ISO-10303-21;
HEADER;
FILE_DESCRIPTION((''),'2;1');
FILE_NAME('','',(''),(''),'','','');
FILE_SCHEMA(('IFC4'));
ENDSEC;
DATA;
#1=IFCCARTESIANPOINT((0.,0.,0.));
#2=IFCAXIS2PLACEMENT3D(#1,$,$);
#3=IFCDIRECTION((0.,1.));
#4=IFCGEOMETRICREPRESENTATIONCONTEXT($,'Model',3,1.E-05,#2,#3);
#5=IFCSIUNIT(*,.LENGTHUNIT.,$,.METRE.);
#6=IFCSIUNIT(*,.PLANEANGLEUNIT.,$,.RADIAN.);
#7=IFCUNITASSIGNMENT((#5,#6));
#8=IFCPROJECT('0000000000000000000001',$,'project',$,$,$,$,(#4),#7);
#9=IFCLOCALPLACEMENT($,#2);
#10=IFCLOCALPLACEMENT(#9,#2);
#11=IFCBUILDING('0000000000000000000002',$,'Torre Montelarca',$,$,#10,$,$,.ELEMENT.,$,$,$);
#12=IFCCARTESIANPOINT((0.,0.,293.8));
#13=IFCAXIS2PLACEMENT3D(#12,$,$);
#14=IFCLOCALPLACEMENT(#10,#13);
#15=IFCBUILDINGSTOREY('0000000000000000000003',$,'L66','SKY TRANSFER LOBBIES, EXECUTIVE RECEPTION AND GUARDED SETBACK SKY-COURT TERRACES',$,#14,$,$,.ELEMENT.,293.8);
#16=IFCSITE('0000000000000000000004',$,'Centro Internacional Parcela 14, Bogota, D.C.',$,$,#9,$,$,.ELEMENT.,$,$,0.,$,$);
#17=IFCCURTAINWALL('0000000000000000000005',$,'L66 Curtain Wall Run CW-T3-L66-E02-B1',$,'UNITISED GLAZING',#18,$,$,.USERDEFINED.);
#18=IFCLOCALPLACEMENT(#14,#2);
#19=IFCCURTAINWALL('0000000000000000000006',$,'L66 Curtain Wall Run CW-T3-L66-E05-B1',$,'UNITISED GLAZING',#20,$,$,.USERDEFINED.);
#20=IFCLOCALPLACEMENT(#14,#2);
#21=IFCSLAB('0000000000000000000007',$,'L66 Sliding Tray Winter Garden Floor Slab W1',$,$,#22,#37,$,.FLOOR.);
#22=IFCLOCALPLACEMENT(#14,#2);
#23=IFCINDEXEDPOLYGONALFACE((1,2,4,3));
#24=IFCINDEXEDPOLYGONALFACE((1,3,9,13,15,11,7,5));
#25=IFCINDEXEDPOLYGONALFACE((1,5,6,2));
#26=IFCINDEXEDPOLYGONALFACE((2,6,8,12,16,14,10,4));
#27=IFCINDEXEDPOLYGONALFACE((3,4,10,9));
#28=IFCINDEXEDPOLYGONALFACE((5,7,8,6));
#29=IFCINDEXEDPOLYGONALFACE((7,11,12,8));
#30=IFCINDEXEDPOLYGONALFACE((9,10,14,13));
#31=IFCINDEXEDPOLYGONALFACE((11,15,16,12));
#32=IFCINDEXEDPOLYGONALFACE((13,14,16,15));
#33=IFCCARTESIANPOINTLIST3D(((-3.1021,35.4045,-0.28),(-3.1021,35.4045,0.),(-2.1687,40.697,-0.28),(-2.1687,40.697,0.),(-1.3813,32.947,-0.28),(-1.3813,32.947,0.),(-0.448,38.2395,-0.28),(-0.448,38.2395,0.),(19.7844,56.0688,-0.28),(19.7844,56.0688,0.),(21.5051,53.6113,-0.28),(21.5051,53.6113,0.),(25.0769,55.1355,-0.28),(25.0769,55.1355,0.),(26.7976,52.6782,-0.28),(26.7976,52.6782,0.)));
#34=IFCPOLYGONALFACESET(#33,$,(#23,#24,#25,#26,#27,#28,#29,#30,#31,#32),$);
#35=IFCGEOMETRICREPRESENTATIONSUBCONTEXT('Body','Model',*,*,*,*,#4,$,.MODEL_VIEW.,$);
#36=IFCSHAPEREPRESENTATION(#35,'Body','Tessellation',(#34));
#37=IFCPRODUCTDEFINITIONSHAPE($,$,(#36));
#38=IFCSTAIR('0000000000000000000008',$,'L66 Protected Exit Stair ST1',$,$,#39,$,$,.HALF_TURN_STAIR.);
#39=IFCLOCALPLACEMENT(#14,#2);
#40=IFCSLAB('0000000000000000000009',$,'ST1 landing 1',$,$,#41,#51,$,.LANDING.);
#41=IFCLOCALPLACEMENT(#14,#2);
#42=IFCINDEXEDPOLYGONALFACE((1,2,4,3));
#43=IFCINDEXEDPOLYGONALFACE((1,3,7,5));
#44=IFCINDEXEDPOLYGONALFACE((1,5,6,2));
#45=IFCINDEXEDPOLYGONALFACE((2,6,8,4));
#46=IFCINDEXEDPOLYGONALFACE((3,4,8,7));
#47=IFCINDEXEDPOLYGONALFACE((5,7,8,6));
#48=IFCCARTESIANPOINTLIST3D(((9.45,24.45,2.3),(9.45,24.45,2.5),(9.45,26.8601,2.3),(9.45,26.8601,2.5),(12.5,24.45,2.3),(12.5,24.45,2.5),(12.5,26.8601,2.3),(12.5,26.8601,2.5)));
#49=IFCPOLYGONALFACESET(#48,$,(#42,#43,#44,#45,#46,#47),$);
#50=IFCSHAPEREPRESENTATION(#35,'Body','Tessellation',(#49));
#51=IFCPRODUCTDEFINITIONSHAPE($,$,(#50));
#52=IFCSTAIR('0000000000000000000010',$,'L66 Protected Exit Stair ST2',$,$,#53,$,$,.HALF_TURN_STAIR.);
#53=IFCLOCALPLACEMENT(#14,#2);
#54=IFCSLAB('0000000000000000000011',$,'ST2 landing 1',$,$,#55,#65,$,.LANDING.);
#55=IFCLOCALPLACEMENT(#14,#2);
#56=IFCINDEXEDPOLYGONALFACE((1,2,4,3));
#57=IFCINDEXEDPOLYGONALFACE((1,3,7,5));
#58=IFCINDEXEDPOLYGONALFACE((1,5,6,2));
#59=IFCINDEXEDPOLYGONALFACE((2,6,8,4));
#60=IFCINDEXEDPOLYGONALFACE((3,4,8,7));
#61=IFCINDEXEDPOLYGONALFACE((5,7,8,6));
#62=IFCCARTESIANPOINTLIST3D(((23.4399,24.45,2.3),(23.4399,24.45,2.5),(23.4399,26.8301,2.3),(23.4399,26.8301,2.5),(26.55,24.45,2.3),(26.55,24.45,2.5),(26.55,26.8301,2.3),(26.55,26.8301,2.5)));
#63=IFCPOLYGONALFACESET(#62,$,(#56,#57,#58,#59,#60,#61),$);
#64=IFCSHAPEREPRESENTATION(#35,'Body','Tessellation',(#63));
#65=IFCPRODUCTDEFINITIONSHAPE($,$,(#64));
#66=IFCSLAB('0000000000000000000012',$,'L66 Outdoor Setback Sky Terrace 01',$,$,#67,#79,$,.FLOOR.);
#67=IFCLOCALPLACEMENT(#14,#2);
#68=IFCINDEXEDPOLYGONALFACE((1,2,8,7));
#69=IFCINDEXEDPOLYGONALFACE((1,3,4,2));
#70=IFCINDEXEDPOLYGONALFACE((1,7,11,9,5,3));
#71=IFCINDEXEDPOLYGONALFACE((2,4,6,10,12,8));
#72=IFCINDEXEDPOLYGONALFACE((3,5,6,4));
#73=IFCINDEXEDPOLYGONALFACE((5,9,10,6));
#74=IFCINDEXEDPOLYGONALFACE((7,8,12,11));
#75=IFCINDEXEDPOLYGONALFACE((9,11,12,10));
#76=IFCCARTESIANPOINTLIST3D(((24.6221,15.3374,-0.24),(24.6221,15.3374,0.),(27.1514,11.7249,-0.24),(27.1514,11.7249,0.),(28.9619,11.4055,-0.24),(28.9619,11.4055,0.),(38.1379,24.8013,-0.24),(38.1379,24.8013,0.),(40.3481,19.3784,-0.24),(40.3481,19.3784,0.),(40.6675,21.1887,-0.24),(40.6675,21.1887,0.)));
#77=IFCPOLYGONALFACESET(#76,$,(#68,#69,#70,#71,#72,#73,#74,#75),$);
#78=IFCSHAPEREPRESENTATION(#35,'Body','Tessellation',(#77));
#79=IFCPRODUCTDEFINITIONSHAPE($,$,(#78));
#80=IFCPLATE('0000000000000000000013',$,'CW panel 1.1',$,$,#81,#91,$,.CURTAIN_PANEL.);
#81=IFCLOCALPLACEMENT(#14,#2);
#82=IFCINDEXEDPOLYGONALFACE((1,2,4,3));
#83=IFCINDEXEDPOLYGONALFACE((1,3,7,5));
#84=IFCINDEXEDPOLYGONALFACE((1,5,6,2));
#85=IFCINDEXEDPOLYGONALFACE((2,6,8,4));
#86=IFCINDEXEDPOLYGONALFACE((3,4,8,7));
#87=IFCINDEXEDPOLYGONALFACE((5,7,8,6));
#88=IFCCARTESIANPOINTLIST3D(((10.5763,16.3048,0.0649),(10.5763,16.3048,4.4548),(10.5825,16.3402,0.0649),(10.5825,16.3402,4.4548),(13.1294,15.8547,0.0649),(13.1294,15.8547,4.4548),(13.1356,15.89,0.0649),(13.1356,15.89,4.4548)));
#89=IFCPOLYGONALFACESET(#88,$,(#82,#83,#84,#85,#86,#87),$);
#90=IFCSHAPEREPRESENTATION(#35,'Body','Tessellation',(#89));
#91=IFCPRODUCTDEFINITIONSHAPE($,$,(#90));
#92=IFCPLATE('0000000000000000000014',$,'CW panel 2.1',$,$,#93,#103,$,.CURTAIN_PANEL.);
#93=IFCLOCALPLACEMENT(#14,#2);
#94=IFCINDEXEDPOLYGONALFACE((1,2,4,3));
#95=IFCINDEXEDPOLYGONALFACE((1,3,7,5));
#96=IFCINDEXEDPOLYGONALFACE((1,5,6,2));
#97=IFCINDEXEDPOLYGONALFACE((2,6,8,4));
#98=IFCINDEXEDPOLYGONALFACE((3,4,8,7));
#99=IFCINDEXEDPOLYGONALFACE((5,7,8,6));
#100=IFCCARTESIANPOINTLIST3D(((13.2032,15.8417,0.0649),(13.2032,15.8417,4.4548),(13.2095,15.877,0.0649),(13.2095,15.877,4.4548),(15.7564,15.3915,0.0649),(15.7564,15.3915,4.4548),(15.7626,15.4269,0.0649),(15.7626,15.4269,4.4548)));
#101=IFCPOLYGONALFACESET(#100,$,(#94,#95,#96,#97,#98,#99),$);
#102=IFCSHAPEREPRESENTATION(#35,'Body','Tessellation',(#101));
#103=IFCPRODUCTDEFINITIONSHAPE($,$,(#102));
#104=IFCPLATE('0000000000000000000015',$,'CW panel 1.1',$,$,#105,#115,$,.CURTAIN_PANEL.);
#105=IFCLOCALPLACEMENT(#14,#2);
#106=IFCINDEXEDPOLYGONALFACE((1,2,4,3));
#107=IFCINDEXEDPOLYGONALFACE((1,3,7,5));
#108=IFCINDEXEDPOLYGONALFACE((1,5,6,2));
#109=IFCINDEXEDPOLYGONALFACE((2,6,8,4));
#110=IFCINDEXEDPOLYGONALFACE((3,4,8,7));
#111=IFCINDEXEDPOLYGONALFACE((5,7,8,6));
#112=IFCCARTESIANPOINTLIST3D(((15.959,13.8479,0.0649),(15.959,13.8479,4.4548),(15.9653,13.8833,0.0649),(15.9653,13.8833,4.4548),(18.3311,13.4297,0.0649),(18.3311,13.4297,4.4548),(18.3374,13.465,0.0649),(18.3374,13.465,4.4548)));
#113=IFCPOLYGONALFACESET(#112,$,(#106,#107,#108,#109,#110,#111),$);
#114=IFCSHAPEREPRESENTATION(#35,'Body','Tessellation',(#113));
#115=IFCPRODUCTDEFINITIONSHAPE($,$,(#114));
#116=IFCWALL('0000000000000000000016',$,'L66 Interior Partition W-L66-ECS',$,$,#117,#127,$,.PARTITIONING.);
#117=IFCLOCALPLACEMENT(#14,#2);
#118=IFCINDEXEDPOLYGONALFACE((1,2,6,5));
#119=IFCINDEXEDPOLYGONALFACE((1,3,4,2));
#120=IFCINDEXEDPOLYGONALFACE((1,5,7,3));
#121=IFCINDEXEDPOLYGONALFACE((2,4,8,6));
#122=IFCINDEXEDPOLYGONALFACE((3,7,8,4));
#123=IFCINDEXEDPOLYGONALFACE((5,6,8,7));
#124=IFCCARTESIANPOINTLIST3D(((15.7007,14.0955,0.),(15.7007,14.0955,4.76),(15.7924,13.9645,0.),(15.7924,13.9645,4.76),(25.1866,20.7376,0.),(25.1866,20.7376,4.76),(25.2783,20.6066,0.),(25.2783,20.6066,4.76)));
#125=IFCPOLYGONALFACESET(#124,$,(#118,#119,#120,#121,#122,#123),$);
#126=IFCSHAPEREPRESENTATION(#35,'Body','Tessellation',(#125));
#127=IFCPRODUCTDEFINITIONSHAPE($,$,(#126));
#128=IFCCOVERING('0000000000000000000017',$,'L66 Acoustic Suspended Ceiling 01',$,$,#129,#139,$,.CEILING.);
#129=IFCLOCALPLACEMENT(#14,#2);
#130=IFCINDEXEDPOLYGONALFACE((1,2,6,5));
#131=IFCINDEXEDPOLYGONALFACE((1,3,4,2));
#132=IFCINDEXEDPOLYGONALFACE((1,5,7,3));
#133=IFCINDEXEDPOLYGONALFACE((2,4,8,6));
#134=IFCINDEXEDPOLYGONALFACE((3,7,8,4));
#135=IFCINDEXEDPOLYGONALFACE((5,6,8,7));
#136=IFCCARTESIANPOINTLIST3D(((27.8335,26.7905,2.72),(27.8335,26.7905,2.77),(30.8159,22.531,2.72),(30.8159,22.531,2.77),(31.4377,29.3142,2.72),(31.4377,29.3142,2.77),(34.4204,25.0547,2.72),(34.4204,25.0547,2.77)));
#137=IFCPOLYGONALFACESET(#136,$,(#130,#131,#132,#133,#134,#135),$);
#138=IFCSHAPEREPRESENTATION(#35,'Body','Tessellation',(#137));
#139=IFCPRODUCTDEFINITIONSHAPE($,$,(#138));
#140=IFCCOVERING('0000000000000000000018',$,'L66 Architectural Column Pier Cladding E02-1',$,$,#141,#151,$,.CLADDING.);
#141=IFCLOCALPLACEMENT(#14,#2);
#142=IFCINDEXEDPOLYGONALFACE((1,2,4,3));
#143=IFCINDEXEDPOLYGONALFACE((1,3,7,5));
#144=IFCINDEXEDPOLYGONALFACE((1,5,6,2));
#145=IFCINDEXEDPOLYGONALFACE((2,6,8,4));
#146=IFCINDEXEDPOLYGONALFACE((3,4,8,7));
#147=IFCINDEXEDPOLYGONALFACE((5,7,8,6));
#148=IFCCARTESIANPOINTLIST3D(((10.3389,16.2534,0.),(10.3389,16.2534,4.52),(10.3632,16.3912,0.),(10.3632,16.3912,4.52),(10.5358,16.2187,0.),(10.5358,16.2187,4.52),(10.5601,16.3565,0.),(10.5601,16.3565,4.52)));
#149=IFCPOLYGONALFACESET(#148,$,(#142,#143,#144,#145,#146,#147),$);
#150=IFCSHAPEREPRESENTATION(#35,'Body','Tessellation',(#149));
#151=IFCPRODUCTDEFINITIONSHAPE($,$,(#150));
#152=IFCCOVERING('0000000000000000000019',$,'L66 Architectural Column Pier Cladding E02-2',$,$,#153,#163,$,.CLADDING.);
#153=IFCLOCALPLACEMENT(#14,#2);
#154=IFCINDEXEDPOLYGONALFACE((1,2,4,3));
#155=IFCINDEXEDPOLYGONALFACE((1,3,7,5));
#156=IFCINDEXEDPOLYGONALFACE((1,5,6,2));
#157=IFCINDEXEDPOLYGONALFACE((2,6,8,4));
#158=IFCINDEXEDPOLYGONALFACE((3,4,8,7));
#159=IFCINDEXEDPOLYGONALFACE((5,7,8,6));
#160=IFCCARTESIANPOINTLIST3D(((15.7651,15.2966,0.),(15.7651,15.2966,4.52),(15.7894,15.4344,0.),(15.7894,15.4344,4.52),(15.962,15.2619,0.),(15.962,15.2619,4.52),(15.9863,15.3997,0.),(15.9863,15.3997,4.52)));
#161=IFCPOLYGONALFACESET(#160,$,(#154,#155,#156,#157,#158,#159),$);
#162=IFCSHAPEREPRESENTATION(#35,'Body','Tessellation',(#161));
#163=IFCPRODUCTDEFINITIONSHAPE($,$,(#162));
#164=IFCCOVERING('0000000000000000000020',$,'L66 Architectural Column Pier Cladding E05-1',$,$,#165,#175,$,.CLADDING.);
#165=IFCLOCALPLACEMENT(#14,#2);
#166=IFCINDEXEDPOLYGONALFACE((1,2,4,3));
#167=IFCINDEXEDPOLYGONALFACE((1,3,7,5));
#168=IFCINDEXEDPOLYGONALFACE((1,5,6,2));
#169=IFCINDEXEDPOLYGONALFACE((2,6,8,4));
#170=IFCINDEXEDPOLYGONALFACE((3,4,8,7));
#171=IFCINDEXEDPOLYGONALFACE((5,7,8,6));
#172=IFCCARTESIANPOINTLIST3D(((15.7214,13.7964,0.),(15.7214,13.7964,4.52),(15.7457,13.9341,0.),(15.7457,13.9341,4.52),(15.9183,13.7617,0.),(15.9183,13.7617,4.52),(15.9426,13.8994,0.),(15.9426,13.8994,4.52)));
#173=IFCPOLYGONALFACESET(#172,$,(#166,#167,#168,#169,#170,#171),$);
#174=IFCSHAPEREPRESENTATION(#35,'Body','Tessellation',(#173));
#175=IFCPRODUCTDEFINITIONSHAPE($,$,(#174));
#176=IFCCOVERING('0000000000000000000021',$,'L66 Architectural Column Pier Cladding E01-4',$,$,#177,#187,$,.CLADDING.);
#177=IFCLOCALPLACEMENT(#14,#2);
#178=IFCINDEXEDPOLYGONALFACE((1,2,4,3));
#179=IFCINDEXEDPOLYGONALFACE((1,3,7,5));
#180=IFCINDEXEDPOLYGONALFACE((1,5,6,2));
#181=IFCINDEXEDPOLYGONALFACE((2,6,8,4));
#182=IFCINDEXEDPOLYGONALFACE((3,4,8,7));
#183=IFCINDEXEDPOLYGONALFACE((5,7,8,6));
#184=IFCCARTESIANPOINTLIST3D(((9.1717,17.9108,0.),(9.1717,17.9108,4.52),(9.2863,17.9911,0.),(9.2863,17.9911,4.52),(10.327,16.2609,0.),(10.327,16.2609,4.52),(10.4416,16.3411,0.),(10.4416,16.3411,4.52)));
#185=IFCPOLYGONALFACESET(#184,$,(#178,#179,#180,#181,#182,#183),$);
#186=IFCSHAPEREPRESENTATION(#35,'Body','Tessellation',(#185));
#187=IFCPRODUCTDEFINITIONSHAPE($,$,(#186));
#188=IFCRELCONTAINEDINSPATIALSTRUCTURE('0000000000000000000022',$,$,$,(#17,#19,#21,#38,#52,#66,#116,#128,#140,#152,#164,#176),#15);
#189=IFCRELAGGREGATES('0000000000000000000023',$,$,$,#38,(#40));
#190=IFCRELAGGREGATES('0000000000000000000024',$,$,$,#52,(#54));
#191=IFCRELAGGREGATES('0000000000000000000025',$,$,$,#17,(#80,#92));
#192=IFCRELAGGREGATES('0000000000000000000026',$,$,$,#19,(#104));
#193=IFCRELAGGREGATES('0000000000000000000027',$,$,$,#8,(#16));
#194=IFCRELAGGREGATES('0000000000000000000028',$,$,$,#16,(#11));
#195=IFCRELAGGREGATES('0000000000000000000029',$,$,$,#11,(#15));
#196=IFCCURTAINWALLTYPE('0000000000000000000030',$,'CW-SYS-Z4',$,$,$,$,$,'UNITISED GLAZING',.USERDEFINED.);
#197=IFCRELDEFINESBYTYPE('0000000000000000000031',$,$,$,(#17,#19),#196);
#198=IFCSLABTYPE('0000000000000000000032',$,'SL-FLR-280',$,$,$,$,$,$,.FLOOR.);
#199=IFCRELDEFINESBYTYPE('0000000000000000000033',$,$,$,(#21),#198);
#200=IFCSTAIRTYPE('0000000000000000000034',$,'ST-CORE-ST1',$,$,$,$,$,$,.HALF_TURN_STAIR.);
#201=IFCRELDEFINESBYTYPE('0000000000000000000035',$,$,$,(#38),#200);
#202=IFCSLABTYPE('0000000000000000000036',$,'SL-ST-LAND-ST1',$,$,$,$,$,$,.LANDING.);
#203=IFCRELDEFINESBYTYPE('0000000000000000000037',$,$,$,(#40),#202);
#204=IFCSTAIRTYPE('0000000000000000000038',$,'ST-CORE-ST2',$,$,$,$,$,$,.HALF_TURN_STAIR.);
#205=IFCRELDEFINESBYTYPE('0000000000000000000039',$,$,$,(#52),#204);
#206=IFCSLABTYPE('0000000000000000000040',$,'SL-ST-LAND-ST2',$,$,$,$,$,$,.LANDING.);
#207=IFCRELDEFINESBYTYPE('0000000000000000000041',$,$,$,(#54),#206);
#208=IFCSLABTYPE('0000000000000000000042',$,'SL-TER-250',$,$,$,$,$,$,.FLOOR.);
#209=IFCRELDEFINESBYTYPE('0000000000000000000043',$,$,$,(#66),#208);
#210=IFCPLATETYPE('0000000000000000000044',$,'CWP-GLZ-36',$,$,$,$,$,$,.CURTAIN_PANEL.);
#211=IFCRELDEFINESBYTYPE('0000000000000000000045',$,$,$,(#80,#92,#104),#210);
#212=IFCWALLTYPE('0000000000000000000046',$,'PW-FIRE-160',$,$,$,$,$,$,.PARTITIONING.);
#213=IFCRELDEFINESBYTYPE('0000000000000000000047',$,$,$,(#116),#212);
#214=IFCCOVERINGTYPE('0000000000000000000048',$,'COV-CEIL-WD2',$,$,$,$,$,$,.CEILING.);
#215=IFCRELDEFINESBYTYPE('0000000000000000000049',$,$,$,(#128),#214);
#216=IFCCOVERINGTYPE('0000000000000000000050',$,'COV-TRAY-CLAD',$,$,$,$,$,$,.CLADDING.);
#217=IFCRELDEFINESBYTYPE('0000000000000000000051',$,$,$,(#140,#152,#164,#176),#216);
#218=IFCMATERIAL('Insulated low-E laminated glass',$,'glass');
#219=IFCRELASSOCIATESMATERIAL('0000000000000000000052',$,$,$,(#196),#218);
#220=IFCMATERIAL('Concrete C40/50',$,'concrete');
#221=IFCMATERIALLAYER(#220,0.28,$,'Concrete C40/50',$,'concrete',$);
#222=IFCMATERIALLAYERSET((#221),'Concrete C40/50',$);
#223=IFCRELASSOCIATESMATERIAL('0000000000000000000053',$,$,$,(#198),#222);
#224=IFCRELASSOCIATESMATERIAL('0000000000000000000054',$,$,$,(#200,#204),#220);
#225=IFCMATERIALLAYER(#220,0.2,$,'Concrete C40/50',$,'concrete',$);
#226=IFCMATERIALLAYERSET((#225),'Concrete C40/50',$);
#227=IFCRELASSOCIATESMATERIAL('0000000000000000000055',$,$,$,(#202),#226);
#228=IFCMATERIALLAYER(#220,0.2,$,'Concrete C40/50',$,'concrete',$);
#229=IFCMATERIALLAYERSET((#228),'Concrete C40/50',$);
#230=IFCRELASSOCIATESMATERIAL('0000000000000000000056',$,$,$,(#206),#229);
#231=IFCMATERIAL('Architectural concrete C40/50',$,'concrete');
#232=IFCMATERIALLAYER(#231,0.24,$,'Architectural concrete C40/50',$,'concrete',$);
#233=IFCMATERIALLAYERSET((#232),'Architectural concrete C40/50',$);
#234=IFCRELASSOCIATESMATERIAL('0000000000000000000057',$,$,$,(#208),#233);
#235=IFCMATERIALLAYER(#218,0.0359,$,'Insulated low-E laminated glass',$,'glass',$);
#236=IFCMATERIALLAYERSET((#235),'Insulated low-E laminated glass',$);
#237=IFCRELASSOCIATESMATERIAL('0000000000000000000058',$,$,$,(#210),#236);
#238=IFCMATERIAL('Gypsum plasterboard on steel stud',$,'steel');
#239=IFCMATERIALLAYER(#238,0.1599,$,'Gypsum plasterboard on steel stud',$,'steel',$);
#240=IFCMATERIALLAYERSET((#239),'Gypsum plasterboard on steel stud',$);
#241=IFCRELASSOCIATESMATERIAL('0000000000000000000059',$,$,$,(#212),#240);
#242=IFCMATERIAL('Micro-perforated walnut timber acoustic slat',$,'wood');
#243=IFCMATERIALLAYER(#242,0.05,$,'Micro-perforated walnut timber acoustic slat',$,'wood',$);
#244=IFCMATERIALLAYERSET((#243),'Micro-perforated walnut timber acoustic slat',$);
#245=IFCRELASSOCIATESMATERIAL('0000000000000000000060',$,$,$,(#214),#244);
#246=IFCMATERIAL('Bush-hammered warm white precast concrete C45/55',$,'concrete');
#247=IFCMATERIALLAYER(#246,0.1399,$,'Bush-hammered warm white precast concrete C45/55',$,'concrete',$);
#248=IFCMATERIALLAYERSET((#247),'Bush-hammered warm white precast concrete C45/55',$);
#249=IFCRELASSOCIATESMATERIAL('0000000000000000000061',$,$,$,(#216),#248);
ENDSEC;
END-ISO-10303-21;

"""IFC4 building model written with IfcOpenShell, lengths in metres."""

from ifc_helpers import new_model, si_unit, direction, frame, frame_2d, origin, origin_2d, place, context, subcontext, project, spatial, polyline, rectangle, outline, extrude, source, transform, mapped, material, layer, layer_set, type_object, element, aggregate, save


model = new_model("IFC4")

# Units and contexts
model_context = context("Model", 3, precision=1e-05, world=origin(), true_north=direction((0.0, 1.0)))
body_context = subcontext(model_context, "Body", "Model", "MODEL_VIEW")
ifc_project = project(units=[si_unit("LENGTHUNIT", "METRE"), si_unit("PLANEANGLEUNIT", "RADIAN")], contexts=[model_context])

# Site, building, storey
site_placement = place(None, origin())
site = spatial("IfcSite", under=ifc_project, at=site_placement, Name="Centro Internacional Parcela 14, Bogota, D.C.", CompositionType="ELEMENT", RefElevation=0.0)
building_placement = place(site_placement, origin())
building = spatial("IfcBuilding", under=site, at=building_placement, Name="Torre Montelarca", CompositionType="ELEMENT")
storey_placement = place(building_placement, frame((0.0, 0.0, 293.8)))
storey = spatial("IfcBuildingStorey", under=building, at=storey_placement, Name="L66", Description="SKY TRANSFER LOBBIES, EXECUTIVE RECEPTION AND GUARDED SETBACK SKY-COURT TERRACES", CompositionType="ELEMENT", Elevation=293.8)

# Curtain walls
ifc_material_1 = material(Name="Insulated low-E laminated glass", Category="glass")
curtain_wall_type = type_object("IfcCurtainWallType", Name="CW-SYS-Z4", ElementType="UNITISED GLAZING", PredefinedType="USERDEFINED", material=ifc_material_1)
curtain_wall_1_placement = place(storey_placement, origin())
curtain_wall_1 = element("IfcCurtainWall", 1, at=curtain_wall_1_placement, inside=storey, type_object=curtain_wall_type, Name="L66 Curtain Wall Run CW-T3-L66-E02-B1", ObjectType="UNITISED GLAZING", PredefinedType="USERDEFINED")
curtain_wall_2_placement = place(storey_placement, origin())
curtain_wall_2 = element("IfcCurtainWall", 2, at=curtain_wall_2_placement, inside=storey, type_object=curtain_wall_type, Name="L66 Curtain Wall Run CW-T3-L66-E05-B1", ObjectType="UNITISED GLAZING", PredefinedType="USERDEFINED")

# Slab
ifc_material_2 = material(Name="Concrete C40/50", Category="concrete")
ifc_layer_1 = layer(ifc_material_2, 0.28, Name="Concrete C40/50", Category="concrete")
ifc_layer_set_1 = layer_set([ifc_layer_1], Name="Concrete C40/50")
slab_type_1 = type_object("IfcSlabType", Name="SL-FLR-280", PredefinedType="FLOOR", material=ifc_layer_set_1)
slab_1_placement = place(storey_placement, frame((0.0, 0.0, -0.28)))
element("IfcSlab", 3, at=slab_1_placement, inside=storey, type_object=slab_type_1, Name="L66 Sliding Tray Winter Garden Floor Slab W1", PredefinedType="FLOOR", context=body_context, shape_type="SweptSolid", body=[
    extrude(outline(polyline([(-1.3813, 32.947), (-0.448, 38.2395), (21.5051, 53.6113), (26.7976, 52.6782), (25.0769, 55.1355), (19.7844, 56.0688), (-2.1687, 40.697), (-3.1021, 35.4045), (-1.3813, 32.947)])), origin(), (0.0, 0.0, 1.0), 0.28),
])

# Stairs, slabs
stair_type_1 = type_object("IfcStairType", Name="ST-CORE-ST1", PredefinedType="HALF_TURN_STAIR", material=ifc_material_2)
stair_1_placement = place(storey_placement, origin())
stair_1 = element("IfcStair", 4, at=stair_1_placement, inside=storey, type_object=stair_type_1, Name="L66 Protected Exit Stair ST1", PredefinedType="HALF_TURN_STAIR")
ifc_layer_2 = layer(ifc_material_2, 0.2, Name="Concrete C40/50", Category="concrete")
ifc_layer_set_2 = layer_set([ifc_layer_2], Name="Concrete C40/50")
slab_type_2 = type_object("IfcSlabType", Name="SL-ST-LAND-ST1", PredefinedType="LANDING", material=ifc_layer_set_2)
slab_2_placement = place(storey_placement, frame((0.0, 0.0, 2.3)))
slab_2 = element("IfcSlab", 5, at=slab_2_placement, type_object=slab_type_2, Name="ST1 landing 1", PredefinedType="LANDING", context=body_context, shape_type="SweptSolid", body=[
    extrude(outline(polyline([(9.45, 26.8601), (9.45, 24.45), (12.5, 24.45), (12.5, 26.8601), (9.45, 26.8601)])), origin(), (0.0, 0.0, 1.0), 0.2),
])
aggregate(stair_1, [slab_2])
stair_type_2 = type_object("IfcStairType", Name="ST-CORE-ST2", PredefinedType="HALF_TURN_STAIR", material=ifc_material_2)
stair_2_placement = place(storey_placement, origin())
stair_2 = element("IfcStair", 6, at=stair_2_placement, inside=storey, type_object=stair_type_2, Name="L66 Protected Exit Stair ST2", PredefinedType="HALF_TURN_STAIR")
ifc_layer_3 = layer(ifc_material_2, 0.2, Name="Concrete C40/50", Category="concrete")
ifc_layer_set_3 = layer_set([ifc_layer_3], Name="Concrete C40/50")
slab_type_3 = type_object("IfcSlabType", Name="SL-ST-LAND-ST2", PredefinedType="LANDING", material=ifc_layer_set_3)
slab_3_placement = place(storey_placement, frame((0.0, 0.0, 2.3)))
slab_3 = element("IfcSlab", 7, at=slab_3_placement, type_object=slab_type_3, Name="ST2 landing 1", PredefinedType="LANDING", context=body_context, shape_type="SweptSolid", body=[
    extrude(outline(polyline([(23.4399, 26.8301), (23.4399, 24.45), (26.55, 24.45), (26.55, 26.8301), (23.4399, 26.8301)])), origin(), (0.0, 0.0, 1.0), 0.2),
])
aggregate(stair_2, [slab_3])

# Slab
ifc_material_3 = material(Name="Architectural concrete C40/50", Category="concrete")
ifc_layer_4 = layer(ifc_material_3, 0.24, Name="Architectural concrete C40/50", Category="concrete")
ifc_layer_set_4 = layer_set([ifc_layer_4], Name="Architectural concrete C40/50")
slab_type_4 = type_object("IfcSlabType", Name="SL-TER-250", PredefinedType="FLOOR", material=ifc_layer_set_4)
slab_4_placement = place(storey_placement, frame((0.0, 0.0, -0.24)))
element("IfcSlab", 8, at=slab_4_placement, inside=storey, type_object=slab_type_4, Name="L66 Outdoor Setback Sky Terrace 01", PredefinedType="FLOOR", context=body_context, shape_type="SweptSolid", body=[
    extrude(outline(polyline([(24.6221, 15.3374), (27.1514, 11.7249), (28.9619, 11.4055), (40.3481, 19.3784), (40.6675, 21.1887), (38.1379, 24.8013), (24.6221, 15.3374)])), origin(), (0.0, 0.0, 1.0), 0.24),
])

# Plates
ifc_layer_5 = layer(ifc_material_1, 0.0359, Name="Insulated low-E laminated glass", Category="glass")
ifc_layer_set_5 = layer_set([ifc_layer_5], Name="Insulated low-E laminated glass")
plate_type = type_object("IfcPlateType", Name="CWP-GLZ-36", PredefinedType="CURTAIN_PANEL", material=ifc_layer_set_5)
shared_shape_1 = source(origin(), body_context, "Body", "SweptSolid", [
    extrude(rectangle(XDim=2.5925, YDim=0.0359, at=origin_2d()), origin(), (0.0, 0.0, 1.0), 4.3899),
])
plate_1_placement = place(storey_placement, frame((11.856, 16.0974, 0.0649), z_axis=(0.0, 0.0, 1.0), x_axis=(0.984809, -0.173642, 0.0)))
plate_1 = element("IfcPlate", 9, at=plate_1_placement, type_object=plate_type, Name="CW panel 1.1", PredefinedType="CURTAIN_PANEL", context=body_context, shape_type="MappedRepresentation", body=[
    mapped(shared_shape_1, transform((0.0, 0.0, 0.0), scale=1.0)),
])
plate_2_placement = place(storey_placement, frame((14.4829, 15.6343, 0.0649), z_axis=(0.0, 0.0, 1.0), x_axis=(0.984809, -0.173642, 0.0)))
plate_2 = element("IfcPlate", 10, at=plate_2_placement, type_object=plate_type, Name="CW panel 2.1", PredefinedType="CURTAIN_PANEL", context=body_context, shape_type="MappedRepresentation", body=[
    mapped(shared_shape_1, transform((0.0, 0.0, 0.0), scale=1.0)),
])
aggregate(curtain_wall_1, [plate_1, plate_2])
shared_shape_2 = source(origin(), body_context, "Body", "SweptSolid", [
    extrude(rectangle(XDim=2.4087, YDim=0.0359, at=origin_2d()), origin(), (0.0, 0.0, 1.0), 4.3899),
])
plate_3_placement = place(storey_placement, frame((17.1482, 13.6565, 0.0649), z_axis=(0.0, 0.0, 1.0), x_axis=(0.98481, -0.173635, 0.0)))
plate_3 = element("IfcPlate", 11, at=plate_3_placement, type_object=plate_type, Name="CW panel 1.1", PredefinedType="CURTAIN_PANEL", context=body_context, shape_type="MappedRepresentation", body=[
    mapped(shared_shape_2, transform((0.0, 0.0, 0.0), scale=1.0)),
])
aggregate(curtain_wall_2, [plate_3])

# Wall
ifc_material_4 = material(Name="Gypsum plasterboard on steel stud", Category="steel")
ifc_layer_6 = layer(ifc_material_4, 0.1599, Name="Gypsum plasterboard on steel stud", Category="steel")
ifc_layer_set_6 = layer_set([ifc_layer_6], Name="Gypsum plasterboard on steel stud")
wall_type = type_object("IfcWallType", Name="PW-FIRE-160", PredefinedType="PARTITIONING", material=ifc_layer_set_6)
wall_placement = place(storey_placement, frame((15.7466, 14.03, 0.0), z_axis=(0.0, 0.0, 1.0), x_axis=(0.819151, 0.573578, 0.0)))
element("IfcWall", 12, at=wall_placement, inside=storey, type_object=wall_type, Name="L66 Interior Partition W-L66-ECS", PredefinedType="PARTITIONING", context=body_context, shape_type="SweptSolid", body=[
    extrude(rectangle(XDim=11.5801, YDim=0.1599, at=frame_2d((5.79, 0.0))), origin(), (0.0, 0.0, 1.0), 4.76),
])

# Coverings
ifc_material_5 = material(Name="Micro-perforated walnut timber acoustic slat", Category="wood")
ifc_layer_7 = layer(ifc_material_5, 0.05, Name="Micro-perforated walnut timber acoustic slat", Category="wood")
ifc_layer_set_7 = layer_set([ifc_layer_7], Name="Micro-perforated walnut timber acoustic slat")
covering_type_1 = type_object("IfcCoveringType", Name="COV-CEIL-WD2", PredefinedType="CEILING", material=ifc_layer_set_7)
covering_1_placement = place(storey_placement, frame((0.0, 0.0, 2.72)))
element("IfcCovering", 13, at=covering_1_placement, inside=storey, type_object=covering_type_1, Name="L66 Acoustic Suspended Ceiling 01", PredefinedType="CEILING", context=body_context, shape_type="SweptSolid", body=[
    extrude(outline(polyline([(27.8335, 26.7905), (30.8159, 22.531), (34.4204, 25.0547), (31.4377, 29.3142), (27.8335, 26.7905)])), origin(), (0.0, 0.0, 1.0), 0.05),
])
ifc_material_6 = material(Name="Bush-hammered warm white precast concrete C45/55", Category="concrete")
ifc_layer_8 = layer(ifc_material_6, 0.1399, Name="Bush-hammered warm white precast concrete C45/55", Category="concrete")
ifc_layer_set_8 = layer_set([ifc_layer_8], Name="Bush-hammered warm white precast concrete C45/55")
covering_type_2 = type_object("IfcCoveringType", Name="COV-TRAY-CLAD", PredefinedType="CLADDING", material=ifc_layer_set_8)
shared_shape_3 = source(origin(), body_context, "Body", "SweptSolid", [
    extrude(rectangle(XDim=0.2, YDim=0.1399, at=origin_2d()), origin(), (0.0, 0.0, 1.0), 4.52),
])
for number, where, z_axis, x_axis, name in (
    (14, (10.4495, 16.3049, 0.0), (0.0, 0.0, 1.0), (0.984807, -0.173653, 0.0), "L66 Architectural Column Pier Cladding E02-1"),
    (15, (15.8757, 15.3481, 0.0), (0.0, 0.0, 1.0), (0.984807, -0.173653, 0.0), "L66 Architectural Column Pier Cladding E02-2"),
    (16, (15.832, 13.8479, 0.0), (0.0, 0.0, 1.0), (0.984808, -0.173646, 0.0), "L66 Architectural Column Pier Cladding E05-1"),
):
    element("IfcCovering", number, at=place(storey_placement, frame(where, z_axis=z_axis, x_axis=x_axis)), inside=storey, type_object=covering_type_2, Name=name, PredefinedType="CLADDING", context=body_context, shape_type="MappedRepresentation", body=[
        mapped(shared_shape_3, transform((0.0, 0.0, 0.0), scale=1.0)),
    ])
shared_shape_4 = source(origin(), body_context, "Body", "SweptSolid", [
    extrude(rectangle(XDim=2.0142, YDim=0.1399, at=origin_2d()), origin(), (0.0, 0.0, 1.0), 4.52),
])
covering_2_placement = place(storey_placement, frame((9.8066, 17.126, 0.0), z_axis=(0.0, 0.0, 1.0), x_axis=(0.573572, -0.819155, 0.0)))
element("IfcCovering", 17, at=covering_2_placement, inside=storey, type_object=covering_type_2, Name="L66 Architectural Column Pier Cladding E01-4", PredefinedType="CLADDING", context=body_context, shape_type="MappedRepresentation", body=[
    mapped(shared_shape_4, transform((0.0, 0.0, 0.0), scale=1.0)),
])

save(model, "model.ifc")
